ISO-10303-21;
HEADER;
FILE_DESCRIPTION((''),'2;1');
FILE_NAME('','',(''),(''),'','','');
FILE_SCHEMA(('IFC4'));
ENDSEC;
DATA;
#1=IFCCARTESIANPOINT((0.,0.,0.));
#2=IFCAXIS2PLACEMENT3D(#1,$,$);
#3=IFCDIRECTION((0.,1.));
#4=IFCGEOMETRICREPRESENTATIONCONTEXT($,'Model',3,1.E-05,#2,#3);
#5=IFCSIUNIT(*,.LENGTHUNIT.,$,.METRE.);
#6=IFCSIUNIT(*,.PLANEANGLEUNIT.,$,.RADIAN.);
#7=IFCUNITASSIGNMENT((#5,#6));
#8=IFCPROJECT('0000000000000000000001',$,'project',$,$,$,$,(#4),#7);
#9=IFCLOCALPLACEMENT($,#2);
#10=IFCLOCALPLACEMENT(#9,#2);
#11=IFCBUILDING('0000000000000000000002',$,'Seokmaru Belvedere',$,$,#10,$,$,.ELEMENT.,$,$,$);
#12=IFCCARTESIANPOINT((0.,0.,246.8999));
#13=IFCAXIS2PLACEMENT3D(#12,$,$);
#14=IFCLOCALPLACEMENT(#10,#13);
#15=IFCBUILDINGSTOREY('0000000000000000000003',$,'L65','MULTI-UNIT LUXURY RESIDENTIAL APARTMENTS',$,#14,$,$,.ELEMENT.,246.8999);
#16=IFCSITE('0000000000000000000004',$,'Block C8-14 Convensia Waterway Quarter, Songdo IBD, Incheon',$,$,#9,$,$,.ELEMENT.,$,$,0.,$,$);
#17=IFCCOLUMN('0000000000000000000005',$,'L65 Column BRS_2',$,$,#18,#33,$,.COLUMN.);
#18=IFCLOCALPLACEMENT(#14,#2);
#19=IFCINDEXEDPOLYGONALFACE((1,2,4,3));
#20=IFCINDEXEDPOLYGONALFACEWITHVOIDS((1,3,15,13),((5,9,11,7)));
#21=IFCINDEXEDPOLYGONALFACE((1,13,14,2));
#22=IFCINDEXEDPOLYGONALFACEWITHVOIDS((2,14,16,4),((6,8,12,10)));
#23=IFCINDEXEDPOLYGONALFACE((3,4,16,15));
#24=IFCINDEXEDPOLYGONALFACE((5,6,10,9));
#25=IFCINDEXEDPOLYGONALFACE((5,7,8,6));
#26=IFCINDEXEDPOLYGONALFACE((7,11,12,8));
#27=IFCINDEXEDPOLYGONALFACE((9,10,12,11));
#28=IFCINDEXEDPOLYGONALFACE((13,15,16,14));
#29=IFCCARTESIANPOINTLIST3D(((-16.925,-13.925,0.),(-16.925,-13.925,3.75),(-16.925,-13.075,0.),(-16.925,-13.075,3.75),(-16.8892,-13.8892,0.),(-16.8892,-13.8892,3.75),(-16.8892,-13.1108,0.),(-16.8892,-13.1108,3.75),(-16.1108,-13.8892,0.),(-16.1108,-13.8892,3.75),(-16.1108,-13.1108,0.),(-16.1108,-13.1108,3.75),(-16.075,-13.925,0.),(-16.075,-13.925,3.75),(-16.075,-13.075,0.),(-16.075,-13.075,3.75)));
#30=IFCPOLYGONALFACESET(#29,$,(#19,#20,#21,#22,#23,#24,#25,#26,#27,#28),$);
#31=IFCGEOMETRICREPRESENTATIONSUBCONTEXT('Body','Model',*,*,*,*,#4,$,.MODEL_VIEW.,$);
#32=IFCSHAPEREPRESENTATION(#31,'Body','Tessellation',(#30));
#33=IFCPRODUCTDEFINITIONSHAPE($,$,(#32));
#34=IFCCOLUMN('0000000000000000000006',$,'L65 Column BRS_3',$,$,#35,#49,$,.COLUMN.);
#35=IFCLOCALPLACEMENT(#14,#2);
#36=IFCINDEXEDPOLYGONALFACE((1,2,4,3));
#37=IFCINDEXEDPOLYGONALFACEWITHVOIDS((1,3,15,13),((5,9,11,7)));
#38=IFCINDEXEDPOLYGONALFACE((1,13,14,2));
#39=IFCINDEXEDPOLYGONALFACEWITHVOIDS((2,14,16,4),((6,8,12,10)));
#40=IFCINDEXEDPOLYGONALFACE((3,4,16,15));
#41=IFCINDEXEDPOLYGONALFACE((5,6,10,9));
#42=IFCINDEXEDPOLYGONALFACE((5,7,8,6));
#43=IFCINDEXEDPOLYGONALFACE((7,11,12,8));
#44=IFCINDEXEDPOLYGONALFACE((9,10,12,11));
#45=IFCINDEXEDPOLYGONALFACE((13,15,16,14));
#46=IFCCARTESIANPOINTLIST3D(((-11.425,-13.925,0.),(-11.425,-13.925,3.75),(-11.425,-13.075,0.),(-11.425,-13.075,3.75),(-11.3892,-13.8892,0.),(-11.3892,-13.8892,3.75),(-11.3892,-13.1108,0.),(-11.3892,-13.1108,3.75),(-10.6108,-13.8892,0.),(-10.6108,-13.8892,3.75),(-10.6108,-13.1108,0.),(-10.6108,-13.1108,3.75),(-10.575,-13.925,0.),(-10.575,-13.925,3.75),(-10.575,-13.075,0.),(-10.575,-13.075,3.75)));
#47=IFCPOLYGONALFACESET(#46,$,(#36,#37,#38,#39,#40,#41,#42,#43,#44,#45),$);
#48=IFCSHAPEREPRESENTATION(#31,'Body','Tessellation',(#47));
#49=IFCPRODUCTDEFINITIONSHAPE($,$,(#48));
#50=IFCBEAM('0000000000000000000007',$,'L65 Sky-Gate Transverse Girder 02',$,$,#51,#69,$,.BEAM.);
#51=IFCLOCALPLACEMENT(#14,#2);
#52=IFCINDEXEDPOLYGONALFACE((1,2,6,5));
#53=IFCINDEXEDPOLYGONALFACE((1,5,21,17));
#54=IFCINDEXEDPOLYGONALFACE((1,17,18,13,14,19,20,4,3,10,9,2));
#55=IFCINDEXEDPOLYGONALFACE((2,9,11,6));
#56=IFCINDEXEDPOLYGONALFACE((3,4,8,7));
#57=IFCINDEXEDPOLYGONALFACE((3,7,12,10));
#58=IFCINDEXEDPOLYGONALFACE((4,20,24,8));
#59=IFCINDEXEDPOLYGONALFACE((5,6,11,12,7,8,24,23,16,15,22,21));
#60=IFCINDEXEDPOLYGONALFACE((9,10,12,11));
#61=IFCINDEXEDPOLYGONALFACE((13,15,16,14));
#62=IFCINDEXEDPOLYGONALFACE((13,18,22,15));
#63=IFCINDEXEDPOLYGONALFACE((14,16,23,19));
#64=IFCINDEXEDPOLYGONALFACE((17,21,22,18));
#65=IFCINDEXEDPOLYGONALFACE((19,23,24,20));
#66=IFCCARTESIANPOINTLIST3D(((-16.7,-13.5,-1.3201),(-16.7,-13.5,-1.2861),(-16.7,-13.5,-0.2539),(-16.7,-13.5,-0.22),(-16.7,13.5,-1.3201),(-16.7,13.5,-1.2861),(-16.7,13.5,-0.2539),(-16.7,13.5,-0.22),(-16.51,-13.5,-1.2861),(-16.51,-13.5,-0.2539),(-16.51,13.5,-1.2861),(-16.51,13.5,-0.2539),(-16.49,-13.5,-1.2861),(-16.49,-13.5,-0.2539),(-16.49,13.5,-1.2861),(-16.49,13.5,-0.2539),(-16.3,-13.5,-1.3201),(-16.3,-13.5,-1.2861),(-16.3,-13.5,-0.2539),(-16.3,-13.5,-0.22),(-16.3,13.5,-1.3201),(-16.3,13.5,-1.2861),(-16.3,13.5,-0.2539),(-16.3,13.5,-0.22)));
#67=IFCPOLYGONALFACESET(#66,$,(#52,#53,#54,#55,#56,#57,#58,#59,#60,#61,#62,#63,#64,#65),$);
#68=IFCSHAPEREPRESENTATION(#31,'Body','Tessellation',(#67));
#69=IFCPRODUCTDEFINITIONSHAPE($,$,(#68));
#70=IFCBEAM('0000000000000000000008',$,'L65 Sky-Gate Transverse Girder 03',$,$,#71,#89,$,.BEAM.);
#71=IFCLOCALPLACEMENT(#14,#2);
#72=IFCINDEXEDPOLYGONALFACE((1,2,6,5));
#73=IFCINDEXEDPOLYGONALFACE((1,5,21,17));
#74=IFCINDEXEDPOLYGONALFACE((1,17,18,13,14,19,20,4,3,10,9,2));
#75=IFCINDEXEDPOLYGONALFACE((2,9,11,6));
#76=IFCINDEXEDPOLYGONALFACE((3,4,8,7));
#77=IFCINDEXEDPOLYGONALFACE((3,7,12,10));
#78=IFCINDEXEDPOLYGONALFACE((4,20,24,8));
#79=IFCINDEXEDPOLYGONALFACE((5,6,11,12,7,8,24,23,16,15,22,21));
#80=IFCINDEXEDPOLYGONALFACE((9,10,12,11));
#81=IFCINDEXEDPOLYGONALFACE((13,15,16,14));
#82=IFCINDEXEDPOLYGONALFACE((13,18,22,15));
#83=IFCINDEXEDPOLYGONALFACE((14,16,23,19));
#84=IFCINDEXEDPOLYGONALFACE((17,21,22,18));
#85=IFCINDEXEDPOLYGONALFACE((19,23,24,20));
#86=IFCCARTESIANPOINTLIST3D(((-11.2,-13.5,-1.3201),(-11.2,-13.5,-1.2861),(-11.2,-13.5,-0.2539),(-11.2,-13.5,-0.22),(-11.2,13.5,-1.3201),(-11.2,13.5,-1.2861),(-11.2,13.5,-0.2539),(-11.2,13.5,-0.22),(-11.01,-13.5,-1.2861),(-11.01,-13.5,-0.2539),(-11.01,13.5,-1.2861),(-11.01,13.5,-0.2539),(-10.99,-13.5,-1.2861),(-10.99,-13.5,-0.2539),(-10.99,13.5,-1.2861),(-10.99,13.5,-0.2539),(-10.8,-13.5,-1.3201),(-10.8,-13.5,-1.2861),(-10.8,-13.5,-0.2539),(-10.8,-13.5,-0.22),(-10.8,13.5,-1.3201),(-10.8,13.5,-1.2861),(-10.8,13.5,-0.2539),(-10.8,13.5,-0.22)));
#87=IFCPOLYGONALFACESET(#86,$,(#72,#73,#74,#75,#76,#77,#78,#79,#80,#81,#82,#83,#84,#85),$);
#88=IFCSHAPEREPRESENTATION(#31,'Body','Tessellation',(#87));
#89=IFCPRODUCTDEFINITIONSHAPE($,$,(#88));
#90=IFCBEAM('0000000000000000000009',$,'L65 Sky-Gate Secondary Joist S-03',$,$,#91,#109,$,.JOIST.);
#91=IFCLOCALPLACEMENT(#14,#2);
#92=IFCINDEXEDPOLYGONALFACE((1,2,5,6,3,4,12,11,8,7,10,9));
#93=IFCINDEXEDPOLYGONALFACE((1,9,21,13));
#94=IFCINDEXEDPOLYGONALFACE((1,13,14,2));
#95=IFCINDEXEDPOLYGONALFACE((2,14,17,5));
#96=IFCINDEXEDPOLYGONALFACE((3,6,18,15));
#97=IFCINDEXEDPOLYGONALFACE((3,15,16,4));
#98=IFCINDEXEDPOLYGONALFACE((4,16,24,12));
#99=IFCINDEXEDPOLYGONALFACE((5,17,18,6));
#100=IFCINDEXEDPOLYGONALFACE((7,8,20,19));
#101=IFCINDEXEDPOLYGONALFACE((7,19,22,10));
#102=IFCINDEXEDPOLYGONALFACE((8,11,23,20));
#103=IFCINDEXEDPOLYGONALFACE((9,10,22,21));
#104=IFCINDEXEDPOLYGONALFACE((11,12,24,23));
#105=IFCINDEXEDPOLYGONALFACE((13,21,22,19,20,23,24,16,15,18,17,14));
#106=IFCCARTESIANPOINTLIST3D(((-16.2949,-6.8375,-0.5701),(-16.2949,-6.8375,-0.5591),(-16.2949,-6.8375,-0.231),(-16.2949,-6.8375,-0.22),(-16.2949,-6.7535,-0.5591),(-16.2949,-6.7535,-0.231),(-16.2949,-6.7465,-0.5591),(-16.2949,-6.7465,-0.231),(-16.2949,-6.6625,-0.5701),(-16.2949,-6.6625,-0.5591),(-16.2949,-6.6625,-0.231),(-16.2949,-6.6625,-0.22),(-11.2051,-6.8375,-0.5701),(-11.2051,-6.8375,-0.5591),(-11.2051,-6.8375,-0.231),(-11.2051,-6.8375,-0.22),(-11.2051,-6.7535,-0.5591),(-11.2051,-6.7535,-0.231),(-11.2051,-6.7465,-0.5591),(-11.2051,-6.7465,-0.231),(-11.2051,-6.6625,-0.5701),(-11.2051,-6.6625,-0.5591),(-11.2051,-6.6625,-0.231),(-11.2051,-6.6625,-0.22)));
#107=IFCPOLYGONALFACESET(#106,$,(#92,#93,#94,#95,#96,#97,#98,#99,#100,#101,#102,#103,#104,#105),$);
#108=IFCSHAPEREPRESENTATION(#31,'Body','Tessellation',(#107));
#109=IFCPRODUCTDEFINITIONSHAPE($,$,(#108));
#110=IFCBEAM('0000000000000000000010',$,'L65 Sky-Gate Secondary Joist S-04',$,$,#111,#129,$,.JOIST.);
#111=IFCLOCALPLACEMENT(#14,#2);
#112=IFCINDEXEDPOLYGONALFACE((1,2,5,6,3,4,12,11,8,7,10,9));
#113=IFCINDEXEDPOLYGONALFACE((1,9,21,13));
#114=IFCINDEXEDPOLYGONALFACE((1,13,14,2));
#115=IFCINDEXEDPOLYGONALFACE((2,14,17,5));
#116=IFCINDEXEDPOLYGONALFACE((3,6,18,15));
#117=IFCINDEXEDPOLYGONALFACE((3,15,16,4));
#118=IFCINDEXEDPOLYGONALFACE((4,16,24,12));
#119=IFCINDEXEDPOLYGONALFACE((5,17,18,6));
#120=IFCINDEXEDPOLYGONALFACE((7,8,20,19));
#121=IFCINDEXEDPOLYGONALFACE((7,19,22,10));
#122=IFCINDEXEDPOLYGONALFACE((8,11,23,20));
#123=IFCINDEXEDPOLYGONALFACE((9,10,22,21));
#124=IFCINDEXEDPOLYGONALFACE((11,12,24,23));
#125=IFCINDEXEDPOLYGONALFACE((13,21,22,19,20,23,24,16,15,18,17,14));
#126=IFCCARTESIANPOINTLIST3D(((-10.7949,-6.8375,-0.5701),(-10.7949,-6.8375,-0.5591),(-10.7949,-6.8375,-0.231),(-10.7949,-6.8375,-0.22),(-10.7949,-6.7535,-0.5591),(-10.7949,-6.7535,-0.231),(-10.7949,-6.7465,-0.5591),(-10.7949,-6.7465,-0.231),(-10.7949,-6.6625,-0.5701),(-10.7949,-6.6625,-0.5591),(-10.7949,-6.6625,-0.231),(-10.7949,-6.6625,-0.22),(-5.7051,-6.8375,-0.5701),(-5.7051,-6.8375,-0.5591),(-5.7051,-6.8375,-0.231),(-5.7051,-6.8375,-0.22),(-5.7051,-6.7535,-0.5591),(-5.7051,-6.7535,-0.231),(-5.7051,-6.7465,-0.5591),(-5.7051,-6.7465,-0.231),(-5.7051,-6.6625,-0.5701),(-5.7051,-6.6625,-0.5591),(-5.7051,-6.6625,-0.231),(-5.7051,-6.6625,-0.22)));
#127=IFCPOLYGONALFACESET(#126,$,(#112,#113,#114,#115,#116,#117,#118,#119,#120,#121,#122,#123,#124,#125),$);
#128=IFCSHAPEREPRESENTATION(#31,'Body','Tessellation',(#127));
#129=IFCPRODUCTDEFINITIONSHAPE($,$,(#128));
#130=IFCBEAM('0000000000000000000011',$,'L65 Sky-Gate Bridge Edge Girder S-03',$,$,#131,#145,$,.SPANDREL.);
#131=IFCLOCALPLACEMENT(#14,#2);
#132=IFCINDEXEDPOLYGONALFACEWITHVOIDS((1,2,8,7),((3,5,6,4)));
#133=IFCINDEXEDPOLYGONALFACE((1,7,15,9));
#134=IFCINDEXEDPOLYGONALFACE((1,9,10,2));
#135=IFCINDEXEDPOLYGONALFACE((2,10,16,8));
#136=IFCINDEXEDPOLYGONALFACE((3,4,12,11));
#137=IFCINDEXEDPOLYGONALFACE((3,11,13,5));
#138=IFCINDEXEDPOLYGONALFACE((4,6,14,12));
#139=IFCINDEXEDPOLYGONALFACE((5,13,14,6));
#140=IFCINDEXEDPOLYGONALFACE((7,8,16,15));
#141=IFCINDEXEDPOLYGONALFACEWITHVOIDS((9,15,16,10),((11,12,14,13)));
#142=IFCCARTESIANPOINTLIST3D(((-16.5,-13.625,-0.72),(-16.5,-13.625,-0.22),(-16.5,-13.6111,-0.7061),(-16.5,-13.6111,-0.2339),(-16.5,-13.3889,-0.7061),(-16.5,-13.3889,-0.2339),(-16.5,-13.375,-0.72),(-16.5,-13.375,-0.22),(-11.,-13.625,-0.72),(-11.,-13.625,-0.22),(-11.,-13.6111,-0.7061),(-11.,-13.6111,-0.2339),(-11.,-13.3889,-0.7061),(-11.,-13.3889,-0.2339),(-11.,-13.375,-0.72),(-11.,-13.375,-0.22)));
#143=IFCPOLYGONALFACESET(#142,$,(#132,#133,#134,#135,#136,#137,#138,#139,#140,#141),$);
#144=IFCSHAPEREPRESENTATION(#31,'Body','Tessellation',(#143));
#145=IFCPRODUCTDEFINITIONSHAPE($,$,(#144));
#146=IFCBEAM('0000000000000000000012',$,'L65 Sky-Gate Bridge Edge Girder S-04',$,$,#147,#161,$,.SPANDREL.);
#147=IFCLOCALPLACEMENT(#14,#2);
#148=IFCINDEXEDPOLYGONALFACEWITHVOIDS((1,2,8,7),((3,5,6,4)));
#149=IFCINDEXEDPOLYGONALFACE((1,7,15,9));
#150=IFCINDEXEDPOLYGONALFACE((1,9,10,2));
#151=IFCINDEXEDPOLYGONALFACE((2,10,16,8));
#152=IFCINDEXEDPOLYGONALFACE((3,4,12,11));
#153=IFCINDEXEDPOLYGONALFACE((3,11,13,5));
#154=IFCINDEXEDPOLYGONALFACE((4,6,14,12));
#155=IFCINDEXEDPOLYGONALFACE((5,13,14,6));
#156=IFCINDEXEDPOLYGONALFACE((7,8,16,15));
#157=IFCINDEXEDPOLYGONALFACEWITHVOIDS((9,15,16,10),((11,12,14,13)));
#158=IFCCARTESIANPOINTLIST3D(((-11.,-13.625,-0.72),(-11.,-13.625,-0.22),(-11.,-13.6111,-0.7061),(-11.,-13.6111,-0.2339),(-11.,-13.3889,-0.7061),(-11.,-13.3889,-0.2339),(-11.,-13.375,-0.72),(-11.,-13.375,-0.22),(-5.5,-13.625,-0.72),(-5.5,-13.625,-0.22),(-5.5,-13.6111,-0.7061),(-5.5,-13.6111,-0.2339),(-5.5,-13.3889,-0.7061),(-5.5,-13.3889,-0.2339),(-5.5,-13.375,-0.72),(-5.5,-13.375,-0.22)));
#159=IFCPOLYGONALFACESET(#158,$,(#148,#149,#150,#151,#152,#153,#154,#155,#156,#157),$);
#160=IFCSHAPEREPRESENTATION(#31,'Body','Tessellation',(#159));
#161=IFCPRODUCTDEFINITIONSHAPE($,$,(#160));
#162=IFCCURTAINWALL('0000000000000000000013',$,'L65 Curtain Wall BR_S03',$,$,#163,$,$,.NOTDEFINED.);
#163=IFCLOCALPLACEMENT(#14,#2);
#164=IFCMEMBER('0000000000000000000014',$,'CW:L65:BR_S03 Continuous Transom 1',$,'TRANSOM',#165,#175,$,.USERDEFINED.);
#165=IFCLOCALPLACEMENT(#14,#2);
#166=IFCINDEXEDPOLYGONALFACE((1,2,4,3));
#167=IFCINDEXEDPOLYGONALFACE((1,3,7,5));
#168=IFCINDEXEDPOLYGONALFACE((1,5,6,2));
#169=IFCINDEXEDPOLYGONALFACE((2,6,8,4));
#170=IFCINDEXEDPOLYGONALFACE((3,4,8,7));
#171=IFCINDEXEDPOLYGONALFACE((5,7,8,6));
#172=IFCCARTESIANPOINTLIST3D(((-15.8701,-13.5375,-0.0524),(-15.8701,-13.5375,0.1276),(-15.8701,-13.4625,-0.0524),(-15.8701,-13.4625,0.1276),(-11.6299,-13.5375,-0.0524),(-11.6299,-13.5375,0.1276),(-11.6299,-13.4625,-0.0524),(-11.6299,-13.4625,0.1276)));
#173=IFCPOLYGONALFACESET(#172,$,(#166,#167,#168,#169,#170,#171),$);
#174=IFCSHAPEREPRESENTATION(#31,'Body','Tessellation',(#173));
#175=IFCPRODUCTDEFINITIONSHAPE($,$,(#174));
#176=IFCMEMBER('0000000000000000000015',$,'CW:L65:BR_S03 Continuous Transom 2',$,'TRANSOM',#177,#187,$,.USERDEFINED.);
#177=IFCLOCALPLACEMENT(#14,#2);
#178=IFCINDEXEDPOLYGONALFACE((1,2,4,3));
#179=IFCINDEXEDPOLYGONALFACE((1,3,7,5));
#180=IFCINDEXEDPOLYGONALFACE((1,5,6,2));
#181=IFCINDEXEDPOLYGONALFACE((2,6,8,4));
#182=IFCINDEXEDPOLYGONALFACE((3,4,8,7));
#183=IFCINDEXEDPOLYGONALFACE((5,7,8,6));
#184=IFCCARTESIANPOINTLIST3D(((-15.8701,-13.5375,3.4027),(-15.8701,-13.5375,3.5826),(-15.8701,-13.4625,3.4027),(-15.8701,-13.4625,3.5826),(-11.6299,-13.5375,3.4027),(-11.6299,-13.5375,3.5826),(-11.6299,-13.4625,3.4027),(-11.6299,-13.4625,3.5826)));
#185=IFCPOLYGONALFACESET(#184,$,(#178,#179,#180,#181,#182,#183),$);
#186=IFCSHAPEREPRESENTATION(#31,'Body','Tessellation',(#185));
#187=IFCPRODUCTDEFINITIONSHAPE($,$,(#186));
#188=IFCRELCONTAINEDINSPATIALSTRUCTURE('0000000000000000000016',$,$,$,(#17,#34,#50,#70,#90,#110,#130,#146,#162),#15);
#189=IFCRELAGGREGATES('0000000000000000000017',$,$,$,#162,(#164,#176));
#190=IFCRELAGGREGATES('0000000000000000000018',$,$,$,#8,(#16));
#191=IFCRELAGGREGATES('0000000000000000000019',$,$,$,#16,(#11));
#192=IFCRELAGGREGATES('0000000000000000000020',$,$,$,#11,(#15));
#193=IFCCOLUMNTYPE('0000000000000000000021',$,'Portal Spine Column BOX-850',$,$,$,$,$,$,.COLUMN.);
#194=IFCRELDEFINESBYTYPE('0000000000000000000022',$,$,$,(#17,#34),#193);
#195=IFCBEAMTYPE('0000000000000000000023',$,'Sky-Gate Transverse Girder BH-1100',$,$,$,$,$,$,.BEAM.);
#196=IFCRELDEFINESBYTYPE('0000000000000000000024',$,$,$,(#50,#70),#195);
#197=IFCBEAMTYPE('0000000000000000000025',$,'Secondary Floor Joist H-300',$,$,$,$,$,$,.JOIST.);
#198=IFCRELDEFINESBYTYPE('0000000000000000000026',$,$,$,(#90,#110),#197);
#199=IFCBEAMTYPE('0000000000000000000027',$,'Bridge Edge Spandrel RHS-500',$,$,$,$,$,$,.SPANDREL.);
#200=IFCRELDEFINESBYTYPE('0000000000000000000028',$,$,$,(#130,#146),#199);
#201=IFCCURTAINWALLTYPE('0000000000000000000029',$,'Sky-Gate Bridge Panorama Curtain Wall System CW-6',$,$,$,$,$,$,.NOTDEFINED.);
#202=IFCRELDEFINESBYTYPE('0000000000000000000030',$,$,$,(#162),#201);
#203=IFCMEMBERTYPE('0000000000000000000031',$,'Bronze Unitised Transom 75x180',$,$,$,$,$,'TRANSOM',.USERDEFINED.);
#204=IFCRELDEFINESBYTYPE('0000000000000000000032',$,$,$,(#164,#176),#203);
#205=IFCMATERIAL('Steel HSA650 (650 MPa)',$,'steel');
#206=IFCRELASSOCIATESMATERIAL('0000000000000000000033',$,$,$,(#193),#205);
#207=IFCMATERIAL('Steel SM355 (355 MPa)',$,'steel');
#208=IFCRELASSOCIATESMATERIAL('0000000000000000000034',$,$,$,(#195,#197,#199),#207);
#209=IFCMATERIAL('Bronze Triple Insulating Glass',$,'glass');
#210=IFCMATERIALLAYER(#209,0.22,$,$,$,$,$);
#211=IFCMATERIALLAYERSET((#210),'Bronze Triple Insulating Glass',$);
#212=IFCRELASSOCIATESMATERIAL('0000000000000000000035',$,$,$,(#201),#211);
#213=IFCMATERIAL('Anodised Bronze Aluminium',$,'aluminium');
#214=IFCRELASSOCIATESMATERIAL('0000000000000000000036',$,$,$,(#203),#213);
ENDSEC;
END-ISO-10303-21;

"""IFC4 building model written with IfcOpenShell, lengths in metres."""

from ifc_helpers import new_model, si_unit, direction, frame, origin, origin_2d, place, context, subcontext, project, spatial, rectangle, hollow_rectangle, i_section, extrude, source, transform, mapped, material, layer, layer_set, material_profile, profile_set, type_object, type_shapes, element, aggregate, save


model = new_model("IFC4")

# Units and contexts
model_context = context("Model", 3, precision=1e-05, world=origin(), true_north=direction((0.0, 1.0)))
body_context = subcontext(model_context, "Body", "Model", "MODEL_VIEW")
ifc_project = project(units=[si_unit("LENGTHUNIT", "METRE"), si_unit("PLANEANGLEUNIT", "RADIAN")], contexts=[model_context])

# Site, building, storey
site_placement = place(None, origin())
site = spatial("IfcSite", under=ifc_project, at=site_placement, Name="Block C8-14 Convensia Waterway Quarter, Songdo IBD, Incheon", CompositionType="ELEMENT", RefElevation=0.0)
building_placement = place(site_placement, origin())
building = spatial("IfcBuilding", under=site, at=building_placement, Name="Seokmaru Belvedere", CompositionType="ELEMENT")
storey_placement = place(building_placement, frame((0.0, 0.0, 246.8999)))
storey = spatial("IfcBuildingStorey", under=building, at=storey_placement, Name="L65", Description="MULTI-UNIT LUXURY RESIDENTIAL APARTMENTS", CompositionType="ELEMENT", Elevation=246.8999)

# Columns
ifc_material_1 = material(Name="Steel HSA650 (650 MPa)", Category="steel")
ifc_material_profile_1 = material_profile(ifc_material_1, hollow_rectangle(XDim=0.8501, YDim=0.8501, WallThickness=0.0359, at=origin_2d()), Name="BOX-850x850x36")
ifc_profile_set_1 = profile_set([ifc_material_profile_1], Name="Steel HSA650 (650 MPa)")
column_type = type_object("IfcColumnType", Name="Portal Spine Column BOX-850", PredefinedType="COLUMN", material=ifc_profile_set_1)
shared_shape_1 = source(origin(), body_context, "Body", "SweptSolid", [
    extrude(hollow_rectangle(XDim=0.8501, YDim=0.8501, WallThickness=0.0359, at=origin_2d()), origin(), (0.0, 0.0, 1.0), 3.75),
])
type_shapes(column_type, [shared_shape_1])
for number, where, z_axis, x_axis, name in (
    (1, (-16.5, -13.5, 0.0), (0.0, 0.0, 1.0), (1.0, 0.0, 0.0), "L65 Column BRS_2"),
    (2, (-11.0, -13.5, 0.0), (0.0, 0.0, 1.0), (1.0, 0.0, 0.0), "L65 Column BRS_3"),
):
    element("IfcColumn", number, at=place(storey_placement, frame(where, z_axis=z_axis, x_axis=x_axis)), inside=storey, type_object=column_type, Name=name, PredefinedType="COLUMN", context=body_context, shape_type="MappedRepresentation", body=[
        mapped(shared_shape_1, transform((0.0, 0.0, 0.0), scale=1.0)),
    ])

# Beams
ifc_material_2 = material(Name="Steel SM355 (355 MPa)", Category="steel")
ifc_material_profile_2 = material_profile(ifc_material_2, i_section(OverallWidth=0.3999, OverallDepth=1.1001, WebThickness=0.02, FlangeThickness=0.0339, at=origin_2d()), Name="BH-1100x400x20x34")
ifc_profile_set_2 = profile_set([ifc_material_profile_2], Name="Steel SM355 (355 MPa)")
beam_type_1 = type_object("IfcBeamType", Name="Sky-Gate Transverse Girder BH-1100", PredefinedType="BEAM", material=ifc_profile_set_2)
shared_shape_2 = source(origin(), body_context, "Body", "SweptSolid", [
    extrude(i_section(OverallWidth=0.3999, OverallDepth=1.1001, WebThickness=0.02, FlangeThickness=0.0339, at=origin_2d()), origin(), (0.0, 0.0, 1.0), 27.0),
])
type_shapes(beam_type_1, [shared_shape_2])
for number, where, z_axis, x_axis, name in (
    (3, (-16.5, -13.5, -0.77), (0.0, 1.0, 0.0), (-1.0, 0.0, 0.0), "L65 Sky-Gate Transverse Girder 02"),
    (4, (-11.0, -13.5, -0.77), (0.0, 1.0, 0.0), (-1.0, 0.0, 0.0), "L65 Sky-Gate Transverse Girder 03"),
):
    element("IfcBeam", number, at=place(storey_placement, frame(where, z_axis=z_axis, x_axis=x_axis)), inside=storey, type_object=beam_type_1, Name=name, PredefinedType="BEAM", context=body_context, shape_type="MappedRepresentation", body=[
        mapped(shared_shape_2, transform((0.0, 0.0, 0.0), scale=1.0)),
    ])
ifc_material_profile_3 = material_profile(ifc_material_2, i_section(OverallWidth=0.175, OverallDepth=0.3501, WebThickness=0.0071, FlangeThickness=0.011, at=origin_2d()), Name="H-350x175x7x11")
ifc_profile_set_3 = profile_set([ifc_material_profile_3], Name="Steel SM355 (355 MPa)")
beam_type_2 = type_object("IfcBeamType", Name="Secondary Floor Joist H-300", PredefinedType="JOIST", material=ifc_profile_set_3)
shared_shape_3 = source(origin(), body_context, "Body", "SweptSolid", [
    extrude(i_section(OverallWidth=0.175, OverallDepth=0.3501, WebThickness=0.0071, FlangeThickness=0.011, at=origin_2d()), origin(), (0.0, 0.0, 1.0), 5.0898),
])
type_shapes(beam_type_2, [shared_shape_3])
for number, where, z_axis, x_axis, name in (
    (5, (-16.2949, -6.75, -0.395), (1.0, 0.0, 0.0), (0.0, 1.0, 0.0), "L65 Sky-Gate Secondary Joist S-03"),
    (6, (-10.7949, -6.75, -0.395), (1.0, 0.0, 0.0), (0.0, 1.0, 0.0), "L65 Sky-Gate Secondary Joist S-04"),
):
    element("IfcBeam", number, at=place(storey_placement, frame(where, z_axis=z_axis, x_axis=x_axis)), inside=storey, type_object=beam_type_2, Name=name, PredefinedType="JOIST", context=body_context, shape_type="MappedRepresentation", body=[
        mapped(shared_shape_3, transform((0.0, 0.0, 0.0), scale=1.0)),
    ])
ifc_material_profile_4 = material_profile(ifc_material_2, hollow_rectangle(XDim=0.25, YDim=0.5, WallThickness=0.0139, at=origin_2d()), Name="RHS-500x250x14")
ifc_profile_set_4 = profile_set([ifc_material_profile_4], Name="Steel SM355 (355 MPa)")
beam_type_3 = type_object("IfcBeamType", Name="Bridge Edge Spandrel RHS-500", PredefinedType="SPANDREL", material=ifc_profile_set_4)
shared_shape_4 = source(origin(), body_context, "Body", "SweptSolid", [
    extrude(hollow_rectangle(XDim=0.25, YDim=0.5, WallThickness=0.0139, at=origin_2d()), origin(), (0.0, 0.0, 1.0), 5.5),
])
type_shapes(beam_type_3, [shared_shape_4])
for number, where, z_axis, x_axis, name in (
    (7, (-16.5, -13.5, -0.47), (1.0, 0.0, 0.0), (0.0, 1.0, 0.0), "L65 Sky-Gate Bridge Edge Girder S-03"),
    (8, (-11.0, -13.5, -0.47), (1.0, 0.0, 0.0), (0.0, 1.0, 0.0), "L65 Sky-Gate Bridge Edge Girder S-04"),
):
    element("IfcBeam", number, at=place(storey_placement, frame(where, z_axis=z_axis, x_axis=x_axis)), inside=storey, type_object=beam_type_3, Name=name, PredefinedType="SPANDREL", context=body_context, shape_type="MappedRepresentation", body=[
        mapped(shared_shape_4, transform((0.0, 0.0, 0.0), scale=1.0)),
    ])

# Curtain wall, members
ifc_material_3 = material(Name="Bronze Triple Insulating Glass", Category="glass")
ifc_layer_1 = layer(ifc_material_3, 0.22)
ifc_layer_set_1 = layer_set([ifc_layer_1], Name="Bronze Triple Insulating Glass")
curtain_wall_type = type_object("IfcCurtainWallType", Name="Sky-Gate Bridge Panorama Curtain Wall System CW-6", PredefinedType="NOTDEFINED", material=ifc_layer_set_1)
curtain_wall_1_placement = place(storey_placement, origin())
curtain_wall_1 = element("IfcCurtainWall", 9, at=curtain_wall_1_placement, inside=storey, type_object=curtain_wall_type, Name="L65 Curtain Wall BR_S03", PredefinedType="NOTDEFINED")
ifc_material_4 = material(Name="Anodised Bronze Aluminium", Category="aluminium")
ifc_material_profile_5 = material_profile(ifc_material_4, rectangle(XDim=0.075, YDim=0.1799, at=origin_2d()), Name="CW-T-75x180")
ifc_profile_set_5 = profile_set([ifc_material_profile_5], Name="Anodised Bronze Aluminium")
member_type_1 = type_object("IfcMemberType", Name="Bronze Unitised Transom 75x180", ElementType="TRANSOM", PredefinedType="USERDEFINED", material=ifc_profile_set_5)
shared_shape_5 = source(origin(), body_context, "Body", "SweptSolid", [
    extrude(rectangle(XDim=0.075, YDim=0.1799, at=origin_2d()), origin(), (0.0, 0.0, 1.0), 4.2402),
])
type_shapes(member_type_1, [shared_shape_5])
member_1_placement = place(storey_placement, frame((-15.8701, -13.5, 0.0376), z_axis=(1.0, 0.0, 0.0), x_axis=(0.0, 1.0, 0.0)))
member_1 = element("IfcMember", 10, at=member_1_placement, type_object=member_type_1, Name="CW:L65:BR_S03 Continuous Transom 1", ObjectType="TRANSOM", PredefinedType="USERDEFINED", context=body_context, shape_type="MappedRepresentation", body=[
    mapped(shared_shape_5, transform((0.0, 0.0, 0.0), scale=1.0)),
])
member_2_placement = place(storey_placement, frame((-15.8701, -13.5, 3.4927), z_axis=(1.0, 0.0, 0.0), x_axis=(0.0, 1.0, 0.0)))
member_2 = element("IfcMember", 11, at=member_2_placement, type_object=member_type_1, Name="CW:L65:BR_S03 Continuous Transom 2", ObjectType="TRANSOM", PredefinedType="USERDEFINED", context=body_context, shape_type="MappedRepresentation", body=[
    mapped(shared_shape_5, transform((0.0, 0.0, 0.0), scale=1.0)),
])

aggregate(curtain_wall_1, [member_1, member_2])

save(model, "model.ifc")
